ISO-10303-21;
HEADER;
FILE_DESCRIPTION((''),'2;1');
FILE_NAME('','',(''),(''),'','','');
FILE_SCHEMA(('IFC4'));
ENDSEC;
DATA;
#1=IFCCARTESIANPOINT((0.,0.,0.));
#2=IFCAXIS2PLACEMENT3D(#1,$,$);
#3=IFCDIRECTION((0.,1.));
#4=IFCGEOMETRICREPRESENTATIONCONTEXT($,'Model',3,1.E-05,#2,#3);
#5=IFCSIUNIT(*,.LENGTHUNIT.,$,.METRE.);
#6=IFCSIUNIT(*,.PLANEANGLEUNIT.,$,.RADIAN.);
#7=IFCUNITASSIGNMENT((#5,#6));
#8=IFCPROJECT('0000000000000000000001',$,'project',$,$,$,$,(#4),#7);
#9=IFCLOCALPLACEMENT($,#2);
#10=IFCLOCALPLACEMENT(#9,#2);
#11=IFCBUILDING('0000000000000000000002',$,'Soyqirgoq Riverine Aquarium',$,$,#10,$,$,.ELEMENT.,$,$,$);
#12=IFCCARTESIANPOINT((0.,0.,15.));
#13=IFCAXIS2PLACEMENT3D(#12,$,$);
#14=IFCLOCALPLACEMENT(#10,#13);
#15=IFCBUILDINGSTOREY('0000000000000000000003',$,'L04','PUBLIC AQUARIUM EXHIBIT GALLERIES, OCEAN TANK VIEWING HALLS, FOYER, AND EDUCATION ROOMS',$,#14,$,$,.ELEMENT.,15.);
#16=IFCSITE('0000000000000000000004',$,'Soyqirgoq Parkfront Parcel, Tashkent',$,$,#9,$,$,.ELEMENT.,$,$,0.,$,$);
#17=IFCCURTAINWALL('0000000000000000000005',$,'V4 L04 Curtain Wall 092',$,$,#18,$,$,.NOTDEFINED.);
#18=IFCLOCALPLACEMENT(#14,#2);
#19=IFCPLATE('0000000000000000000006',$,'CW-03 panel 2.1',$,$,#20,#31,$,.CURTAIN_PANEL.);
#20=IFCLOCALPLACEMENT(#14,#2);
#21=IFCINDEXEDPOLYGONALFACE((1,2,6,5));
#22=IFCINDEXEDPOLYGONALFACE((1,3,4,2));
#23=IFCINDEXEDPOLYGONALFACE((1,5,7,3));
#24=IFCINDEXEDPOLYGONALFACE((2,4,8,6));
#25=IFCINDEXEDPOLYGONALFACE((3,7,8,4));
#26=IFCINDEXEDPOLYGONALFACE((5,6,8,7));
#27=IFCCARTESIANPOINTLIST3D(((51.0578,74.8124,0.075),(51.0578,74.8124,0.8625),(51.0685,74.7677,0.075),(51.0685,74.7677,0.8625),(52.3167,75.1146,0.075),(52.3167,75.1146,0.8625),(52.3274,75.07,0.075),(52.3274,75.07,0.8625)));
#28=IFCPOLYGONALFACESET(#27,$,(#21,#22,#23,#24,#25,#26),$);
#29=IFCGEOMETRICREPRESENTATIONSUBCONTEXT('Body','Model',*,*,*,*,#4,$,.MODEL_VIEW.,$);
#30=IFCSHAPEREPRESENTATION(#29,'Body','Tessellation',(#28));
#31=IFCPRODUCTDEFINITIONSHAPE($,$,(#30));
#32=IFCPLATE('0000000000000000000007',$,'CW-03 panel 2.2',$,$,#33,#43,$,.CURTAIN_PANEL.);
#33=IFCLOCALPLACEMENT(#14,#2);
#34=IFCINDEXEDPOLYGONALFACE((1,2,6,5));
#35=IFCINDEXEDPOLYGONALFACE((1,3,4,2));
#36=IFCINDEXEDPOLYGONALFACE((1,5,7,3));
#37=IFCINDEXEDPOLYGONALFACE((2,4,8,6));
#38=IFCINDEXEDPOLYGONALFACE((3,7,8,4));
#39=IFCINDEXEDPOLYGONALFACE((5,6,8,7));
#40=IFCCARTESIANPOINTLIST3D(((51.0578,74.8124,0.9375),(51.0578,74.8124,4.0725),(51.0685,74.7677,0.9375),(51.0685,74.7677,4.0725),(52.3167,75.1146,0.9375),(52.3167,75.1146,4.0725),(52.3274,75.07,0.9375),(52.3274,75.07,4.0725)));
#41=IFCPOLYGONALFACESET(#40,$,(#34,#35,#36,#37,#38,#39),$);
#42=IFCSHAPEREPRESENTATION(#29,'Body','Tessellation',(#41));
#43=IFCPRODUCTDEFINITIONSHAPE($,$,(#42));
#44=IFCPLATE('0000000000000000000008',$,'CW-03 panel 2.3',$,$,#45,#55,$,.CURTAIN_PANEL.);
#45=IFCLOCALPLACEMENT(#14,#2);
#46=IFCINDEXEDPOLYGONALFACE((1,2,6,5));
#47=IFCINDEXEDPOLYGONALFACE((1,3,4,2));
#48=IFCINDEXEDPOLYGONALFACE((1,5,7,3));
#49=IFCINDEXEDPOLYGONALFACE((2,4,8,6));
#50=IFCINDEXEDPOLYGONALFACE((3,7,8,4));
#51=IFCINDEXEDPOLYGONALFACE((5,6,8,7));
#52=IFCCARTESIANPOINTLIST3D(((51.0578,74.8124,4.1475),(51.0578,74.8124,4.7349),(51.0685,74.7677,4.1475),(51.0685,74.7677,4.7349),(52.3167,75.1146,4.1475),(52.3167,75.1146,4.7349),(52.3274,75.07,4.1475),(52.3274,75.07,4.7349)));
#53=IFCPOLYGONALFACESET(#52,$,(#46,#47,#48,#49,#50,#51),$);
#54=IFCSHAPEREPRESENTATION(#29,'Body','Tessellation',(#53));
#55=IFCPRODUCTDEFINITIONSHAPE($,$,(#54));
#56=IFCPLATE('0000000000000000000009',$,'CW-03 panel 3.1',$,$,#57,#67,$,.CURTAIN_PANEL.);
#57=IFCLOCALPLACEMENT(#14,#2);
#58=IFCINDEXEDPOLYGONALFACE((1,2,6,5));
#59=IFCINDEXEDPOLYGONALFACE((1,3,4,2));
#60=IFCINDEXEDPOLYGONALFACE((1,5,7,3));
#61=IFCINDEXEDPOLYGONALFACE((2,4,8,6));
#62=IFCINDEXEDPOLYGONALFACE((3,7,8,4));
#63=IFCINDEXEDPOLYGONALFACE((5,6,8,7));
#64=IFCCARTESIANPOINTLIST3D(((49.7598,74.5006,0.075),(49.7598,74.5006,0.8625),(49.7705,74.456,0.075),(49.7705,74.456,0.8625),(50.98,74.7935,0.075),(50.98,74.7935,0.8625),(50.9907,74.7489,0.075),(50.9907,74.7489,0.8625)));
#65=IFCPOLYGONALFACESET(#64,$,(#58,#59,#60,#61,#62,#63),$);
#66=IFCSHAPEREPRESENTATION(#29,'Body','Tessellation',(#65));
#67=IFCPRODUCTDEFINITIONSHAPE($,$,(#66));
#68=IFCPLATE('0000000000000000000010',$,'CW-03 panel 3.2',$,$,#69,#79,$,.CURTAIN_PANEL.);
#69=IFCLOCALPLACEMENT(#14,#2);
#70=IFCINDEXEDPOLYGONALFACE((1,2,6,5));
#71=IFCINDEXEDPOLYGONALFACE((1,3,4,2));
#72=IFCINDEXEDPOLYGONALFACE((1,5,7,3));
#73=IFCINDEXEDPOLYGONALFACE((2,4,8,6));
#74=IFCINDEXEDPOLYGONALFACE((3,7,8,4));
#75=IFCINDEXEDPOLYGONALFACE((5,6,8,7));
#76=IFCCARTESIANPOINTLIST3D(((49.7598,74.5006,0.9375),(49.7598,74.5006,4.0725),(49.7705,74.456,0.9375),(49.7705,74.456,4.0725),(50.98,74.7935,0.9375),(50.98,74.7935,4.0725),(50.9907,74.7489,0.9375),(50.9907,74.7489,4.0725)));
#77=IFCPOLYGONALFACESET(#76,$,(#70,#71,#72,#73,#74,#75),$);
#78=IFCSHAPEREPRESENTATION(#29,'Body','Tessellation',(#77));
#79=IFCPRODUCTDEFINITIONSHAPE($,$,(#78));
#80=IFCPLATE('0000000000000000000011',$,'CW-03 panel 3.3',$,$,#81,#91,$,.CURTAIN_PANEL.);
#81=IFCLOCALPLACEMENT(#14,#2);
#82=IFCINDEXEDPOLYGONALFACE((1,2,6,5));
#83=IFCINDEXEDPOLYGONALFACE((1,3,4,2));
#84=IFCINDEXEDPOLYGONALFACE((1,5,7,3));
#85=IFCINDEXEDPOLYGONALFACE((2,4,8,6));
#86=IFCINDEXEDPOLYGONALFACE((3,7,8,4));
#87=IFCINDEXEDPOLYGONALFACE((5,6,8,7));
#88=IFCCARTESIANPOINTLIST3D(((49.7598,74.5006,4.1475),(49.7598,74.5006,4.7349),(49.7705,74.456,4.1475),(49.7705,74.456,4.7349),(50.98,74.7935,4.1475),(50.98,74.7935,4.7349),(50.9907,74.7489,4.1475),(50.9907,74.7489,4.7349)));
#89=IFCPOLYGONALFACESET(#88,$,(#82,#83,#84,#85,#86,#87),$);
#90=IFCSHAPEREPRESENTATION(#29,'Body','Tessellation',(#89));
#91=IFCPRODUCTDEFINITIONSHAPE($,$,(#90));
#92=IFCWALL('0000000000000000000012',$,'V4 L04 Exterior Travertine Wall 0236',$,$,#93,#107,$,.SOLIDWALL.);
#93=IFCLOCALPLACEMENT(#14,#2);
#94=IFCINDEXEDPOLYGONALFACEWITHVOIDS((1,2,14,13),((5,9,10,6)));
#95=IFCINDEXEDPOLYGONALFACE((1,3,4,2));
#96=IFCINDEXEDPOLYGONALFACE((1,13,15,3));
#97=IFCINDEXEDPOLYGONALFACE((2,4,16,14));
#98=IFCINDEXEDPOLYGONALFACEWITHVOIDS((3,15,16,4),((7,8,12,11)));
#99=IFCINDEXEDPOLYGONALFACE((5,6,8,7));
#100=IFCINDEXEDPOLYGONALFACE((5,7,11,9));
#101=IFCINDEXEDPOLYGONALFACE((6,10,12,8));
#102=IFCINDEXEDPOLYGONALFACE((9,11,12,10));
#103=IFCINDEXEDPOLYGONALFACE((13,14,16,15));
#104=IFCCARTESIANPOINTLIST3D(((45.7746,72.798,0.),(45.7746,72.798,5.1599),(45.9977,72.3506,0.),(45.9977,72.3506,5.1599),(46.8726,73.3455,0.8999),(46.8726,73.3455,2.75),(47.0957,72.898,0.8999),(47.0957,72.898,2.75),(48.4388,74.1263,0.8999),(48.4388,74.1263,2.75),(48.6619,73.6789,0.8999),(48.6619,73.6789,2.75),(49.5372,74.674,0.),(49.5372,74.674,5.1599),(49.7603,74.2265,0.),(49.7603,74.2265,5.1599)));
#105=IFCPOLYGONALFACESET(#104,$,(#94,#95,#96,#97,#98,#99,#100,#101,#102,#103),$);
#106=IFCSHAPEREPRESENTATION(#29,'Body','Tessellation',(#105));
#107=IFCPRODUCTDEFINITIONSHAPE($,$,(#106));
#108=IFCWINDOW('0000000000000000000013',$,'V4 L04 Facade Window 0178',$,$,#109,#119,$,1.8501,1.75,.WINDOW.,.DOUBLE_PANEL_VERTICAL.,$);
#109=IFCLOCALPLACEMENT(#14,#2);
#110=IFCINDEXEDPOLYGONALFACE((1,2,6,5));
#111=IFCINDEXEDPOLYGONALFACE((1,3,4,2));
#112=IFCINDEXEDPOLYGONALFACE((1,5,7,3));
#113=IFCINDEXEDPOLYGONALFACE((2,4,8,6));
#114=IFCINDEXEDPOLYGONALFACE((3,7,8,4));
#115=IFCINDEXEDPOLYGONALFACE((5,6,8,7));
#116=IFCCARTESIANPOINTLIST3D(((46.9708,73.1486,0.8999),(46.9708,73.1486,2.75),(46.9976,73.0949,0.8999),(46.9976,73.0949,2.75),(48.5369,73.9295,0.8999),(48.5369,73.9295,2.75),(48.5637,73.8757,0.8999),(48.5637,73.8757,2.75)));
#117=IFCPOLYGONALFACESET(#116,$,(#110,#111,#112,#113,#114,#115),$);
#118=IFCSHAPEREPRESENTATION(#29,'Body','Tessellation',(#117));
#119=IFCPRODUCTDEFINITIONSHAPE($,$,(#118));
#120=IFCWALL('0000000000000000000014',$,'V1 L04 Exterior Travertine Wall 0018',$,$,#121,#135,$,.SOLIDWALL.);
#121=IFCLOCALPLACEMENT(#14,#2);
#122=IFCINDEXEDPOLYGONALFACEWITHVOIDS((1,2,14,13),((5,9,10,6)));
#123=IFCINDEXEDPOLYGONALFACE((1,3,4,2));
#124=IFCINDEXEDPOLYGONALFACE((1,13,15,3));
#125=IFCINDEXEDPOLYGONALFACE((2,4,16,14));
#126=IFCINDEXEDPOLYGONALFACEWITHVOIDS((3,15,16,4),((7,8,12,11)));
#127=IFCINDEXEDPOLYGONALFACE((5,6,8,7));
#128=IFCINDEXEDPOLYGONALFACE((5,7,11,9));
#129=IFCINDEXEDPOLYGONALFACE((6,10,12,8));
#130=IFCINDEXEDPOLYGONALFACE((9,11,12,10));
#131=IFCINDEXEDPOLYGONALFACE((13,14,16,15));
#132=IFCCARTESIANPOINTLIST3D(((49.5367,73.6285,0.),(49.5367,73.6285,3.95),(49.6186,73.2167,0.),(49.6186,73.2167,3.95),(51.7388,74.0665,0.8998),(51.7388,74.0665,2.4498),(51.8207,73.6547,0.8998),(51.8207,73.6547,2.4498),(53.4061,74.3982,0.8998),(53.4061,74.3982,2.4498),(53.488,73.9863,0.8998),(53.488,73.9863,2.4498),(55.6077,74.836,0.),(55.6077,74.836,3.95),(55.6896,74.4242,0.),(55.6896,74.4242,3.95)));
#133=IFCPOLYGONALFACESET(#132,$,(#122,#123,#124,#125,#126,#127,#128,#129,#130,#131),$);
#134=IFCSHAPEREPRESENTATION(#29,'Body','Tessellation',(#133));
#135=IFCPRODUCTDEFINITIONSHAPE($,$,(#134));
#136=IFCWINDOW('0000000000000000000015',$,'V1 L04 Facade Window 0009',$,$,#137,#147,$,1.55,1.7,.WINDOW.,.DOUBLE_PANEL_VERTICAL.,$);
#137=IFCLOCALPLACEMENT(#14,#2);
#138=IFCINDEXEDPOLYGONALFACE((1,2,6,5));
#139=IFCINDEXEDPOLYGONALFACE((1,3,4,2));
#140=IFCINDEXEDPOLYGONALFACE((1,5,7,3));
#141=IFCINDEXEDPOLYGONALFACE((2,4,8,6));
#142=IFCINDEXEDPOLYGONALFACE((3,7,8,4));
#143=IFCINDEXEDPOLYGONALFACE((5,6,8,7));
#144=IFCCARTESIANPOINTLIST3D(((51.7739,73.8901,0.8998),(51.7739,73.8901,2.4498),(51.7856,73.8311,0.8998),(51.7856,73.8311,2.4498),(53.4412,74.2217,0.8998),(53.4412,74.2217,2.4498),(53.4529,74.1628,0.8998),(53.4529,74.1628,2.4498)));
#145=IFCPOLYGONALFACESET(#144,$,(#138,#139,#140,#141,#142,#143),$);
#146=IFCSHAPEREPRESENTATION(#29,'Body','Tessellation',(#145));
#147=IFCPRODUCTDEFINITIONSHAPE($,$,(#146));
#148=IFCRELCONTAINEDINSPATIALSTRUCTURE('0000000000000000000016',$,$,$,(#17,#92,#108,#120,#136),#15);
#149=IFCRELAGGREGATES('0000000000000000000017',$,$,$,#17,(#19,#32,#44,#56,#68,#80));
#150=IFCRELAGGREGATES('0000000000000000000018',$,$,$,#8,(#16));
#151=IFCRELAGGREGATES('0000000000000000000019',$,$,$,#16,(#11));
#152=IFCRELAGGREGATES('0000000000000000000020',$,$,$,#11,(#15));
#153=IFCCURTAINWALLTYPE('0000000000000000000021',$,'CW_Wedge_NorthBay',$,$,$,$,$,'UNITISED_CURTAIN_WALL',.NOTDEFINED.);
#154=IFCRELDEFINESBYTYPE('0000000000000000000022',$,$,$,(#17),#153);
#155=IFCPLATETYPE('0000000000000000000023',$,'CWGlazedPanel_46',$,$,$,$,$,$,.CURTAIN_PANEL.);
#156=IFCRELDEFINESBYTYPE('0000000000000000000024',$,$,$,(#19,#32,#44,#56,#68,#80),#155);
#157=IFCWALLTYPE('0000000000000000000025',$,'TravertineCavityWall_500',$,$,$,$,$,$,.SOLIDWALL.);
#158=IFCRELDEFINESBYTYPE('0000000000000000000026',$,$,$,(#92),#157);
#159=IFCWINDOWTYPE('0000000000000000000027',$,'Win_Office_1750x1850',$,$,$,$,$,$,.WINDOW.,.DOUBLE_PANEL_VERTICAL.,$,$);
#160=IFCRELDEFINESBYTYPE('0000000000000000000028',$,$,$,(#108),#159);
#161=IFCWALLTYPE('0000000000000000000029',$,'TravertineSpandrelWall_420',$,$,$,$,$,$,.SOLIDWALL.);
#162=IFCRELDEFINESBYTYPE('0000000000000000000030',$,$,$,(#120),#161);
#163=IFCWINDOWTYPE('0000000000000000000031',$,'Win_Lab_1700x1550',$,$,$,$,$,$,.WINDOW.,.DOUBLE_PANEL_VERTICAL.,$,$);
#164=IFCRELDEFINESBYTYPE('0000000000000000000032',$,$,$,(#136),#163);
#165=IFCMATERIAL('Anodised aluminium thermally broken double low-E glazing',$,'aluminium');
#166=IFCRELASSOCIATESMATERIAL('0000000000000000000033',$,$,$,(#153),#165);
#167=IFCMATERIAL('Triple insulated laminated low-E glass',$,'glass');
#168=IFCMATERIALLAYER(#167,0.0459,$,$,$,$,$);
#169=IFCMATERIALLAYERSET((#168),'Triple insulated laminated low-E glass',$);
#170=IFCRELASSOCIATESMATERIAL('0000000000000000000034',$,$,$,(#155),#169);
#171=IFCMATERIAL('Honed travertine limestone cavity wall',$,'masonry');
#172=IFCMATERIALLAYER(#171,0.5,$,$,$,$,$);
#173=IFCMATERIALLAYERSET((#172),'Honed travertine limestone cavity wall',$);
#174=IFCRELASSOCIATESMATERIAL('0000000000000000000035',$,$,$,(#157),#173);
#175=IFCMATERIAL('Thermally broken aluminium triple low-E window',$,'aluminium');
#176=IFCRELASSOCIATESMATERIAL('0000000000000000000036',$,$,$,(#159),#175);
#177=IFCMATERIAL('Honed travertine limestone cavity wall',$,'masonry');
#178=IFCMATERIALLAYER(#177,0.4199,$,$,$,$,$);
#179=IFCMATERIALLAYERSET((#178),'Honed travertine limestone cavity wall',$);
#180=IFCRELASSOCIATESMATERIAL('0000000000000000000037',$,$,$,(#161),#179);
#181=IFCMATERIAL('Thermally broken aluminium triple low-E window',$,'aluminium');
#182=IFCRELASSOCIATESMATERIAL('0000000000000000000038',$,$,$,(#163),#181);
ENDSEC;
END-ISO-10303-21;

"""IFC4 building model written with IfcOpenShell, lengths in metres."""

from ifc_helpers import new_model, si_unit, direction, frame, frame_2d, origin, origin_2d, place, context, subcontext, project, spatial, rectangle, extrude, material, layer, layer_set, type_object, element, fill, aggregate, save


model = new_model("IFC4")

# Units and contexts
model_context = context("Model", 3, precision=1e-05, world=origin(), true_north=direction((0.0, 1.0)))
body_context = subcontext(model_context, "Body", "Model", "MODEL_VIEW")
ifc_project = project(units=[si_unit("LENGTHUNIT", "METRE"), si_unit("PLANEANGLEUNIT", "RADIAN")], contexts=[model_context])

# Site, building, storey
site_placement = place(None, origin())
site = spatial("IfcSite", under=ifc_project, at=site_placement, Name="Soyqirgoq Parkfront Parcel, Tashkent", CompositionType="ELEMENT", RefElevation=0.0)
building_placement = place(site_placement, origin())
building = spatial("IfcBuilding", under=site, at=building_placement, Name="Soyqirgoq Riverine Aquarium", CompositionType="ELEMENT")
storey_placement = place(building_placement, frame((0.0, 0.0, 15.0)))
storey = spatial("IfcBuildingStorey", under=building, at=storey_placement, Name="L04", Description="PUBLIC AQUARIUM EXHIBIT GALLERIES, OCEAN TANK VIEWING HALLS, FOYER, AND EDUCATION ROOMS", CompositionType="ELEMENT", Elevation=15.0)

# Curtain wall
ifc_material_1 = material(Name="Anodised aluminium thermally broken double low-E glazing", Category="aluminium")
curtain_wall_type = type_object("IfcCurtainWallType", Name="CW_Wedge_NorthBay", ElementType="UNITISED_CURTAIN_WALL", PredefinedType="NOTDEFINED", material=ifc_material_1)
curtain_wall_placement = place(storey_placement, origin())
curtain_wall = element("IfcCurtainWall", 1, at=curtain_wall_placement, inside=storey, type_object=curtain_wall_type, Name="V4 L04 Curtain Wall 092", PredefinedType="NOTDEFINED")

# Plates
ifc_material_2 = material(Name="Triple insulated laminated low-E glass", Category="glass")
ifc_layer_1 = layer(ifc_material_2, 0.0459)
ifc_layer_set_1 = layer_set([ifc_layer_1], Name="Triple insulated laminated low-E glass")
plate_type = type_object("IfcPlateType", Name="CWGlazedPanel_46", PredefinedType="CURTAIN_PANEL", material=ifc_layer_set_1)
plate_1_placement = place(storey_placement, frame((51.6926, 74.9412, 0.075), z_axis=(0.0, 0.0, 1.0), x_axis=(-0.972371, -0.233443, 0.0)))
plate_1 = element("IfcPlate", 2, at=plate_1_placement, type_object=plate_type, Name="CW-03 panel 2.1", PredefinedType="CURTAIN_PANEL", context=body_context, shape_type="SweptSolid", body=[
    extrude(rectangle(XDim=1.2947, YDim=0.0459, at=origin_2d()), origin(), (0.0, 0.0, 1.0), 0.7876),
])
plate_2_placement = place(storey_placement, frame((51.6926, 74.9412, 0.9375), z_axis=(0.0, 0.0, 1.0), x_axis=(-0.972371, -0.233443, 0.0)))
plate_2 = element("IfcPlate", 3, at=plate_2_placement, type_object=plate_type, Name="CW-03 panel 2.2", PredefinedType="CURTAIN_PANEL", context=body_context, shape_type="SweptSolid", body=[
    extrude(rectangle(XDim=1.2947, YDim=0.0459, at=origin_2d()), origin(), (0.0, 0.0, 1.0), 3.135),
])
plate_3_placement = place(storey_placement, frame((51.6926, 74.9412, 4.1475), z_axis=(0.0, 0.0, 1.0), x_axis=(-0.972371, -0.233443, 0.0)))
plate_3 = element("IfcPlate", 4, at=plate_3_placement, type_object=plate_type, Name="CW-03 panel 2.3", PredefinedType="CURTAIN_PANEL", context=body_context, shape_type="SweptSolid", body=[
    extrude(rectangle(XDim=1.2947, YDim=0.0459, at=origin_2d()), origin(), (0.0, 0.0, 1.0), 0.5874),
])
plate_4_placement = place(storey_placement, frame((50.3752, 74.6248, 0.075), z_axis=(0.0, 0.0, 1.0), x_axis=(-0.972371, -0.233443, 0.0)))
plate_4 = element("IfcPlate", 5, at=plate_4_placement, type_object=plate_type, Name="CW-03 panel 3.1", PredefinedType="CURTAIN_PANEL", context=body_context, shape_type="SweptSolid", body=[
    extrude(rectangle(XDim=1.2549, YDim=0.0459, at=origin_2d()), origin(), (0.0, 0.0, 1.0), 0.7876),
])
plate_5_placement = place(storey_placement, frame((50.3752, 74.6248, 0.9375), z_axis=(0.0, 0.0, 1.0), x_axis=(-0.972371, -0.233443, 0.0)))
plate_5 = element("IfcPlate", 6, at=plate_5_placement, type_object=plate_type, Name="CW-03 panel 3.2", PredefinedType="CURTAIN_PANEL", context=body_context, shape_type="SweptSolid", body=[
    extrude(rectangle(XDim=1.2549, YDim=0.0459, at=origin_2d()), origin(), (0.0, 0.0, 1.0), 3.135),
])
plate_6_placement = place(storey_placement, frame((50.3752, 74.6248, 4.1475), z_axis=(0.0, 0.0, 1.0), x_axis=(-0.972371, -0.233443, 0.0)))
plate_6 = element("IfcPlate", 7, at=plate_6_placement, type_object=plate_type, Name="CW-03 panel 3.3", PredefinedType="CURTAIN_PANEL", context=body_context, shape_type="SweptSolid", body=[
    extrude(rectangle(XDim=1.2549, YDim=0.0459, at=origin_2d()), origin(), (0.0, 0.0, 1.0), 0.5874),
])
aggregate(curtain_wall, [plate_1, plate_2, plate_3, plate_4, plate_5, plate_6])

# Walls, openings, windows
ifc_material_3 = material(Name="Honed travertine limestone cavity wall", Category="masonry")
ifc_layer_2 = layer(ifc_material_3, 0.5)
ifc_layer_set_2 = layer_set([ifc_layer_2], Name="Honed travertine limestone cavity wall")
wall_type_1 = type_object("IfcWallType", Name="TravertineCavityWall_500", PredefinedType="SOLIDWALL", material=ifc_layer_set_2)
wall_1_placement = place(storey_placement, frame((49.6487, 74.4502, 0.0), z_axis=(0.0, 0.0, 1.0), x_axis=(-0.894938, -0.446191, 0.0)))
wall_1 = element("IfcWall", 8, at=wall_1_placement, inside=storey, type_object=wall_type_1, Name="V4 L04 Exterior Travertine Wall 0236", PredefinedType="SOLIDWALL", context=body_context, shape_type="SweptSolid", body=[
    extrude(rectangle(XDim=4.2043, YDim=0.5, at=frame_2d((2.1021, 0.0))), origin(), (0.0, 0.0, 1.0), 5.1599),
])
opening_1_placement = place(wall_1_placement, frame((1.2273, 0.0, 0.8999)))
opening_1 = element("IfcOpeningElement", 9, at=opening_1_placement, cuts=wall_1, PredefinedType="OPENING", context=body_context, shape_type="SweptSolid", body=[
    extrude(rectangle(XDim=1.75, YDim=1.8501, at=frame_2d((0.875, 0.925))), frame((0.0, 0.26, 0.0), z_axis=(0.0, -1.0, 0.0), x_axis=(1.0, 0.0, 0.0)), (0.0, 0.0, 1.0), 0.52),
])
ifc_material_4 = material(Name="Thermally broken aluminium triple low-E window", Category="aluminium")
window_type_1 = type_object("IfcWindowType", Name="Win_Office_1750x1850", PartitioningType="DOUBLE_PANEL_VERTICAL", PredefinedType="WINDOW", material=ifc_material_4)
window_1_placement = place(opening_1_placement, origin())
window_1 = element("IfcWindow", 10, at=window_1_placement, inside=storey, type_object=window_type_1, Name="V4 L04 Facade Window 0178", OverallHeight=1.8501, OverallWidth=1.75, PartitioningType="DOUBLE_PANEL_VERTICAL", PredefinedType="WINDOW", context=body_context, shape_type="SweptSolid", body=[
    extrude(rectangle(XDim=1.75, YDim=1.8501, at=frame_2d((0.875, 0.925))), frame((0.0, 0.03, 0.0), z_axis=(0.0, -1.0, 0.0), x_axis=(1.0, 0.0, 0.0)), (0.0, 0.0, 1.0), 0.0601),
])
fill(opening_1, window_1)
ifc_material_5 = material(Name="Honed travertine limestone cavity wall", Category="masonry")
ifc_layer_3 = layer(ifc_material_5, 0.4199)
ifc_layer_set_3 = layer_set([ifc_layer_3], Name="Honed travertine limestone cavity wall")
wall_type_2 = type_object("IfcWallType", Name="TravertineSpandrelWall_420", PredefinedType="SOLIDWALL", material=ifc_layer_set_3)
wall_2_placement = place(storey_placement, frame((49.5776, 73.4226, 0.0), z_axis=(0.0, 0.0, 1.0), x_axis=(0.980788, 0.195077, 0.0)))
wall_2 = element("IfcWall", 11, at=wall_2_placement, inside=storey, type_object=wall_type_2, Name="V1 L04 Exterior Travertine Wall 0018", PredefinedType="SOLIDWALL", context=body_context, shape_type="SweptSolid", body=[
    extrude(rectangle(XDim=6.1899, YDim=0.4199, at=frame_2d((3.095, 0.0))), origin(), (0.0, 0.0, 1.0), 3.95),
])
opening_2_placement = place(wall_2_placement, frame((2.2451, 0.0, 0.8999)))
opening_2 = element("IfcOpeningElement", 12, at=opening_2_placement, cuts=wall_2, PredefinedType="OPENING", context=body_context, shape_type="SweptSolid", body=[
    extrude(rectangle(XDim=1.7, YDim=1.55, at=frame_2d((0.8501, 0.7749))), frame((0.0, 0.22, 0.0), z_axis=(0.0, -1.0, 0.0), x_axis=(1.0, 0.0, 0.0)), (0.0, 0.0, 1.0), 0.4399),
])
ifc_material_6 = material(Name="Thermally broken aluminium triple low-E window", Category="aluminium")
window_type_2 = type_object("IfcWindowType", Name="Win_Lab_1700x1550", PartitioningType="DOUBLE_PANEL_VERTICAL", PredefinedType="WINDOW", material=ifc_material_6)
window_2_placement = place(opening_2_placement, origin())
window_2 = element("IfcWindow", 13, at=window_2_placement, inside=storey, type_object=window_type_2, Name="V1 L04 Facade Window 0009", OverallHeight=1.55, OverallWidth=1.7, PartitioningType="DOUBLE_PANEL_VERTICAL", PredefinedType="WINDOW", context=body_context, shape_type="SweptSolid", body=[
    extrude(rectangle(XDim=1.7, YDim=1.55, at=frame_2d((0.8501, 0.7749))), frame((0.0, 0.03, 0.0), z_axis=(0.0, -1.0, 0.0), x_axis=(1.0, 0.0, 0.0)), (0.0, 0.0, 1.0), 0.0601),
])
fill(opening_2, window_2)

save(model, "model.ifc")
